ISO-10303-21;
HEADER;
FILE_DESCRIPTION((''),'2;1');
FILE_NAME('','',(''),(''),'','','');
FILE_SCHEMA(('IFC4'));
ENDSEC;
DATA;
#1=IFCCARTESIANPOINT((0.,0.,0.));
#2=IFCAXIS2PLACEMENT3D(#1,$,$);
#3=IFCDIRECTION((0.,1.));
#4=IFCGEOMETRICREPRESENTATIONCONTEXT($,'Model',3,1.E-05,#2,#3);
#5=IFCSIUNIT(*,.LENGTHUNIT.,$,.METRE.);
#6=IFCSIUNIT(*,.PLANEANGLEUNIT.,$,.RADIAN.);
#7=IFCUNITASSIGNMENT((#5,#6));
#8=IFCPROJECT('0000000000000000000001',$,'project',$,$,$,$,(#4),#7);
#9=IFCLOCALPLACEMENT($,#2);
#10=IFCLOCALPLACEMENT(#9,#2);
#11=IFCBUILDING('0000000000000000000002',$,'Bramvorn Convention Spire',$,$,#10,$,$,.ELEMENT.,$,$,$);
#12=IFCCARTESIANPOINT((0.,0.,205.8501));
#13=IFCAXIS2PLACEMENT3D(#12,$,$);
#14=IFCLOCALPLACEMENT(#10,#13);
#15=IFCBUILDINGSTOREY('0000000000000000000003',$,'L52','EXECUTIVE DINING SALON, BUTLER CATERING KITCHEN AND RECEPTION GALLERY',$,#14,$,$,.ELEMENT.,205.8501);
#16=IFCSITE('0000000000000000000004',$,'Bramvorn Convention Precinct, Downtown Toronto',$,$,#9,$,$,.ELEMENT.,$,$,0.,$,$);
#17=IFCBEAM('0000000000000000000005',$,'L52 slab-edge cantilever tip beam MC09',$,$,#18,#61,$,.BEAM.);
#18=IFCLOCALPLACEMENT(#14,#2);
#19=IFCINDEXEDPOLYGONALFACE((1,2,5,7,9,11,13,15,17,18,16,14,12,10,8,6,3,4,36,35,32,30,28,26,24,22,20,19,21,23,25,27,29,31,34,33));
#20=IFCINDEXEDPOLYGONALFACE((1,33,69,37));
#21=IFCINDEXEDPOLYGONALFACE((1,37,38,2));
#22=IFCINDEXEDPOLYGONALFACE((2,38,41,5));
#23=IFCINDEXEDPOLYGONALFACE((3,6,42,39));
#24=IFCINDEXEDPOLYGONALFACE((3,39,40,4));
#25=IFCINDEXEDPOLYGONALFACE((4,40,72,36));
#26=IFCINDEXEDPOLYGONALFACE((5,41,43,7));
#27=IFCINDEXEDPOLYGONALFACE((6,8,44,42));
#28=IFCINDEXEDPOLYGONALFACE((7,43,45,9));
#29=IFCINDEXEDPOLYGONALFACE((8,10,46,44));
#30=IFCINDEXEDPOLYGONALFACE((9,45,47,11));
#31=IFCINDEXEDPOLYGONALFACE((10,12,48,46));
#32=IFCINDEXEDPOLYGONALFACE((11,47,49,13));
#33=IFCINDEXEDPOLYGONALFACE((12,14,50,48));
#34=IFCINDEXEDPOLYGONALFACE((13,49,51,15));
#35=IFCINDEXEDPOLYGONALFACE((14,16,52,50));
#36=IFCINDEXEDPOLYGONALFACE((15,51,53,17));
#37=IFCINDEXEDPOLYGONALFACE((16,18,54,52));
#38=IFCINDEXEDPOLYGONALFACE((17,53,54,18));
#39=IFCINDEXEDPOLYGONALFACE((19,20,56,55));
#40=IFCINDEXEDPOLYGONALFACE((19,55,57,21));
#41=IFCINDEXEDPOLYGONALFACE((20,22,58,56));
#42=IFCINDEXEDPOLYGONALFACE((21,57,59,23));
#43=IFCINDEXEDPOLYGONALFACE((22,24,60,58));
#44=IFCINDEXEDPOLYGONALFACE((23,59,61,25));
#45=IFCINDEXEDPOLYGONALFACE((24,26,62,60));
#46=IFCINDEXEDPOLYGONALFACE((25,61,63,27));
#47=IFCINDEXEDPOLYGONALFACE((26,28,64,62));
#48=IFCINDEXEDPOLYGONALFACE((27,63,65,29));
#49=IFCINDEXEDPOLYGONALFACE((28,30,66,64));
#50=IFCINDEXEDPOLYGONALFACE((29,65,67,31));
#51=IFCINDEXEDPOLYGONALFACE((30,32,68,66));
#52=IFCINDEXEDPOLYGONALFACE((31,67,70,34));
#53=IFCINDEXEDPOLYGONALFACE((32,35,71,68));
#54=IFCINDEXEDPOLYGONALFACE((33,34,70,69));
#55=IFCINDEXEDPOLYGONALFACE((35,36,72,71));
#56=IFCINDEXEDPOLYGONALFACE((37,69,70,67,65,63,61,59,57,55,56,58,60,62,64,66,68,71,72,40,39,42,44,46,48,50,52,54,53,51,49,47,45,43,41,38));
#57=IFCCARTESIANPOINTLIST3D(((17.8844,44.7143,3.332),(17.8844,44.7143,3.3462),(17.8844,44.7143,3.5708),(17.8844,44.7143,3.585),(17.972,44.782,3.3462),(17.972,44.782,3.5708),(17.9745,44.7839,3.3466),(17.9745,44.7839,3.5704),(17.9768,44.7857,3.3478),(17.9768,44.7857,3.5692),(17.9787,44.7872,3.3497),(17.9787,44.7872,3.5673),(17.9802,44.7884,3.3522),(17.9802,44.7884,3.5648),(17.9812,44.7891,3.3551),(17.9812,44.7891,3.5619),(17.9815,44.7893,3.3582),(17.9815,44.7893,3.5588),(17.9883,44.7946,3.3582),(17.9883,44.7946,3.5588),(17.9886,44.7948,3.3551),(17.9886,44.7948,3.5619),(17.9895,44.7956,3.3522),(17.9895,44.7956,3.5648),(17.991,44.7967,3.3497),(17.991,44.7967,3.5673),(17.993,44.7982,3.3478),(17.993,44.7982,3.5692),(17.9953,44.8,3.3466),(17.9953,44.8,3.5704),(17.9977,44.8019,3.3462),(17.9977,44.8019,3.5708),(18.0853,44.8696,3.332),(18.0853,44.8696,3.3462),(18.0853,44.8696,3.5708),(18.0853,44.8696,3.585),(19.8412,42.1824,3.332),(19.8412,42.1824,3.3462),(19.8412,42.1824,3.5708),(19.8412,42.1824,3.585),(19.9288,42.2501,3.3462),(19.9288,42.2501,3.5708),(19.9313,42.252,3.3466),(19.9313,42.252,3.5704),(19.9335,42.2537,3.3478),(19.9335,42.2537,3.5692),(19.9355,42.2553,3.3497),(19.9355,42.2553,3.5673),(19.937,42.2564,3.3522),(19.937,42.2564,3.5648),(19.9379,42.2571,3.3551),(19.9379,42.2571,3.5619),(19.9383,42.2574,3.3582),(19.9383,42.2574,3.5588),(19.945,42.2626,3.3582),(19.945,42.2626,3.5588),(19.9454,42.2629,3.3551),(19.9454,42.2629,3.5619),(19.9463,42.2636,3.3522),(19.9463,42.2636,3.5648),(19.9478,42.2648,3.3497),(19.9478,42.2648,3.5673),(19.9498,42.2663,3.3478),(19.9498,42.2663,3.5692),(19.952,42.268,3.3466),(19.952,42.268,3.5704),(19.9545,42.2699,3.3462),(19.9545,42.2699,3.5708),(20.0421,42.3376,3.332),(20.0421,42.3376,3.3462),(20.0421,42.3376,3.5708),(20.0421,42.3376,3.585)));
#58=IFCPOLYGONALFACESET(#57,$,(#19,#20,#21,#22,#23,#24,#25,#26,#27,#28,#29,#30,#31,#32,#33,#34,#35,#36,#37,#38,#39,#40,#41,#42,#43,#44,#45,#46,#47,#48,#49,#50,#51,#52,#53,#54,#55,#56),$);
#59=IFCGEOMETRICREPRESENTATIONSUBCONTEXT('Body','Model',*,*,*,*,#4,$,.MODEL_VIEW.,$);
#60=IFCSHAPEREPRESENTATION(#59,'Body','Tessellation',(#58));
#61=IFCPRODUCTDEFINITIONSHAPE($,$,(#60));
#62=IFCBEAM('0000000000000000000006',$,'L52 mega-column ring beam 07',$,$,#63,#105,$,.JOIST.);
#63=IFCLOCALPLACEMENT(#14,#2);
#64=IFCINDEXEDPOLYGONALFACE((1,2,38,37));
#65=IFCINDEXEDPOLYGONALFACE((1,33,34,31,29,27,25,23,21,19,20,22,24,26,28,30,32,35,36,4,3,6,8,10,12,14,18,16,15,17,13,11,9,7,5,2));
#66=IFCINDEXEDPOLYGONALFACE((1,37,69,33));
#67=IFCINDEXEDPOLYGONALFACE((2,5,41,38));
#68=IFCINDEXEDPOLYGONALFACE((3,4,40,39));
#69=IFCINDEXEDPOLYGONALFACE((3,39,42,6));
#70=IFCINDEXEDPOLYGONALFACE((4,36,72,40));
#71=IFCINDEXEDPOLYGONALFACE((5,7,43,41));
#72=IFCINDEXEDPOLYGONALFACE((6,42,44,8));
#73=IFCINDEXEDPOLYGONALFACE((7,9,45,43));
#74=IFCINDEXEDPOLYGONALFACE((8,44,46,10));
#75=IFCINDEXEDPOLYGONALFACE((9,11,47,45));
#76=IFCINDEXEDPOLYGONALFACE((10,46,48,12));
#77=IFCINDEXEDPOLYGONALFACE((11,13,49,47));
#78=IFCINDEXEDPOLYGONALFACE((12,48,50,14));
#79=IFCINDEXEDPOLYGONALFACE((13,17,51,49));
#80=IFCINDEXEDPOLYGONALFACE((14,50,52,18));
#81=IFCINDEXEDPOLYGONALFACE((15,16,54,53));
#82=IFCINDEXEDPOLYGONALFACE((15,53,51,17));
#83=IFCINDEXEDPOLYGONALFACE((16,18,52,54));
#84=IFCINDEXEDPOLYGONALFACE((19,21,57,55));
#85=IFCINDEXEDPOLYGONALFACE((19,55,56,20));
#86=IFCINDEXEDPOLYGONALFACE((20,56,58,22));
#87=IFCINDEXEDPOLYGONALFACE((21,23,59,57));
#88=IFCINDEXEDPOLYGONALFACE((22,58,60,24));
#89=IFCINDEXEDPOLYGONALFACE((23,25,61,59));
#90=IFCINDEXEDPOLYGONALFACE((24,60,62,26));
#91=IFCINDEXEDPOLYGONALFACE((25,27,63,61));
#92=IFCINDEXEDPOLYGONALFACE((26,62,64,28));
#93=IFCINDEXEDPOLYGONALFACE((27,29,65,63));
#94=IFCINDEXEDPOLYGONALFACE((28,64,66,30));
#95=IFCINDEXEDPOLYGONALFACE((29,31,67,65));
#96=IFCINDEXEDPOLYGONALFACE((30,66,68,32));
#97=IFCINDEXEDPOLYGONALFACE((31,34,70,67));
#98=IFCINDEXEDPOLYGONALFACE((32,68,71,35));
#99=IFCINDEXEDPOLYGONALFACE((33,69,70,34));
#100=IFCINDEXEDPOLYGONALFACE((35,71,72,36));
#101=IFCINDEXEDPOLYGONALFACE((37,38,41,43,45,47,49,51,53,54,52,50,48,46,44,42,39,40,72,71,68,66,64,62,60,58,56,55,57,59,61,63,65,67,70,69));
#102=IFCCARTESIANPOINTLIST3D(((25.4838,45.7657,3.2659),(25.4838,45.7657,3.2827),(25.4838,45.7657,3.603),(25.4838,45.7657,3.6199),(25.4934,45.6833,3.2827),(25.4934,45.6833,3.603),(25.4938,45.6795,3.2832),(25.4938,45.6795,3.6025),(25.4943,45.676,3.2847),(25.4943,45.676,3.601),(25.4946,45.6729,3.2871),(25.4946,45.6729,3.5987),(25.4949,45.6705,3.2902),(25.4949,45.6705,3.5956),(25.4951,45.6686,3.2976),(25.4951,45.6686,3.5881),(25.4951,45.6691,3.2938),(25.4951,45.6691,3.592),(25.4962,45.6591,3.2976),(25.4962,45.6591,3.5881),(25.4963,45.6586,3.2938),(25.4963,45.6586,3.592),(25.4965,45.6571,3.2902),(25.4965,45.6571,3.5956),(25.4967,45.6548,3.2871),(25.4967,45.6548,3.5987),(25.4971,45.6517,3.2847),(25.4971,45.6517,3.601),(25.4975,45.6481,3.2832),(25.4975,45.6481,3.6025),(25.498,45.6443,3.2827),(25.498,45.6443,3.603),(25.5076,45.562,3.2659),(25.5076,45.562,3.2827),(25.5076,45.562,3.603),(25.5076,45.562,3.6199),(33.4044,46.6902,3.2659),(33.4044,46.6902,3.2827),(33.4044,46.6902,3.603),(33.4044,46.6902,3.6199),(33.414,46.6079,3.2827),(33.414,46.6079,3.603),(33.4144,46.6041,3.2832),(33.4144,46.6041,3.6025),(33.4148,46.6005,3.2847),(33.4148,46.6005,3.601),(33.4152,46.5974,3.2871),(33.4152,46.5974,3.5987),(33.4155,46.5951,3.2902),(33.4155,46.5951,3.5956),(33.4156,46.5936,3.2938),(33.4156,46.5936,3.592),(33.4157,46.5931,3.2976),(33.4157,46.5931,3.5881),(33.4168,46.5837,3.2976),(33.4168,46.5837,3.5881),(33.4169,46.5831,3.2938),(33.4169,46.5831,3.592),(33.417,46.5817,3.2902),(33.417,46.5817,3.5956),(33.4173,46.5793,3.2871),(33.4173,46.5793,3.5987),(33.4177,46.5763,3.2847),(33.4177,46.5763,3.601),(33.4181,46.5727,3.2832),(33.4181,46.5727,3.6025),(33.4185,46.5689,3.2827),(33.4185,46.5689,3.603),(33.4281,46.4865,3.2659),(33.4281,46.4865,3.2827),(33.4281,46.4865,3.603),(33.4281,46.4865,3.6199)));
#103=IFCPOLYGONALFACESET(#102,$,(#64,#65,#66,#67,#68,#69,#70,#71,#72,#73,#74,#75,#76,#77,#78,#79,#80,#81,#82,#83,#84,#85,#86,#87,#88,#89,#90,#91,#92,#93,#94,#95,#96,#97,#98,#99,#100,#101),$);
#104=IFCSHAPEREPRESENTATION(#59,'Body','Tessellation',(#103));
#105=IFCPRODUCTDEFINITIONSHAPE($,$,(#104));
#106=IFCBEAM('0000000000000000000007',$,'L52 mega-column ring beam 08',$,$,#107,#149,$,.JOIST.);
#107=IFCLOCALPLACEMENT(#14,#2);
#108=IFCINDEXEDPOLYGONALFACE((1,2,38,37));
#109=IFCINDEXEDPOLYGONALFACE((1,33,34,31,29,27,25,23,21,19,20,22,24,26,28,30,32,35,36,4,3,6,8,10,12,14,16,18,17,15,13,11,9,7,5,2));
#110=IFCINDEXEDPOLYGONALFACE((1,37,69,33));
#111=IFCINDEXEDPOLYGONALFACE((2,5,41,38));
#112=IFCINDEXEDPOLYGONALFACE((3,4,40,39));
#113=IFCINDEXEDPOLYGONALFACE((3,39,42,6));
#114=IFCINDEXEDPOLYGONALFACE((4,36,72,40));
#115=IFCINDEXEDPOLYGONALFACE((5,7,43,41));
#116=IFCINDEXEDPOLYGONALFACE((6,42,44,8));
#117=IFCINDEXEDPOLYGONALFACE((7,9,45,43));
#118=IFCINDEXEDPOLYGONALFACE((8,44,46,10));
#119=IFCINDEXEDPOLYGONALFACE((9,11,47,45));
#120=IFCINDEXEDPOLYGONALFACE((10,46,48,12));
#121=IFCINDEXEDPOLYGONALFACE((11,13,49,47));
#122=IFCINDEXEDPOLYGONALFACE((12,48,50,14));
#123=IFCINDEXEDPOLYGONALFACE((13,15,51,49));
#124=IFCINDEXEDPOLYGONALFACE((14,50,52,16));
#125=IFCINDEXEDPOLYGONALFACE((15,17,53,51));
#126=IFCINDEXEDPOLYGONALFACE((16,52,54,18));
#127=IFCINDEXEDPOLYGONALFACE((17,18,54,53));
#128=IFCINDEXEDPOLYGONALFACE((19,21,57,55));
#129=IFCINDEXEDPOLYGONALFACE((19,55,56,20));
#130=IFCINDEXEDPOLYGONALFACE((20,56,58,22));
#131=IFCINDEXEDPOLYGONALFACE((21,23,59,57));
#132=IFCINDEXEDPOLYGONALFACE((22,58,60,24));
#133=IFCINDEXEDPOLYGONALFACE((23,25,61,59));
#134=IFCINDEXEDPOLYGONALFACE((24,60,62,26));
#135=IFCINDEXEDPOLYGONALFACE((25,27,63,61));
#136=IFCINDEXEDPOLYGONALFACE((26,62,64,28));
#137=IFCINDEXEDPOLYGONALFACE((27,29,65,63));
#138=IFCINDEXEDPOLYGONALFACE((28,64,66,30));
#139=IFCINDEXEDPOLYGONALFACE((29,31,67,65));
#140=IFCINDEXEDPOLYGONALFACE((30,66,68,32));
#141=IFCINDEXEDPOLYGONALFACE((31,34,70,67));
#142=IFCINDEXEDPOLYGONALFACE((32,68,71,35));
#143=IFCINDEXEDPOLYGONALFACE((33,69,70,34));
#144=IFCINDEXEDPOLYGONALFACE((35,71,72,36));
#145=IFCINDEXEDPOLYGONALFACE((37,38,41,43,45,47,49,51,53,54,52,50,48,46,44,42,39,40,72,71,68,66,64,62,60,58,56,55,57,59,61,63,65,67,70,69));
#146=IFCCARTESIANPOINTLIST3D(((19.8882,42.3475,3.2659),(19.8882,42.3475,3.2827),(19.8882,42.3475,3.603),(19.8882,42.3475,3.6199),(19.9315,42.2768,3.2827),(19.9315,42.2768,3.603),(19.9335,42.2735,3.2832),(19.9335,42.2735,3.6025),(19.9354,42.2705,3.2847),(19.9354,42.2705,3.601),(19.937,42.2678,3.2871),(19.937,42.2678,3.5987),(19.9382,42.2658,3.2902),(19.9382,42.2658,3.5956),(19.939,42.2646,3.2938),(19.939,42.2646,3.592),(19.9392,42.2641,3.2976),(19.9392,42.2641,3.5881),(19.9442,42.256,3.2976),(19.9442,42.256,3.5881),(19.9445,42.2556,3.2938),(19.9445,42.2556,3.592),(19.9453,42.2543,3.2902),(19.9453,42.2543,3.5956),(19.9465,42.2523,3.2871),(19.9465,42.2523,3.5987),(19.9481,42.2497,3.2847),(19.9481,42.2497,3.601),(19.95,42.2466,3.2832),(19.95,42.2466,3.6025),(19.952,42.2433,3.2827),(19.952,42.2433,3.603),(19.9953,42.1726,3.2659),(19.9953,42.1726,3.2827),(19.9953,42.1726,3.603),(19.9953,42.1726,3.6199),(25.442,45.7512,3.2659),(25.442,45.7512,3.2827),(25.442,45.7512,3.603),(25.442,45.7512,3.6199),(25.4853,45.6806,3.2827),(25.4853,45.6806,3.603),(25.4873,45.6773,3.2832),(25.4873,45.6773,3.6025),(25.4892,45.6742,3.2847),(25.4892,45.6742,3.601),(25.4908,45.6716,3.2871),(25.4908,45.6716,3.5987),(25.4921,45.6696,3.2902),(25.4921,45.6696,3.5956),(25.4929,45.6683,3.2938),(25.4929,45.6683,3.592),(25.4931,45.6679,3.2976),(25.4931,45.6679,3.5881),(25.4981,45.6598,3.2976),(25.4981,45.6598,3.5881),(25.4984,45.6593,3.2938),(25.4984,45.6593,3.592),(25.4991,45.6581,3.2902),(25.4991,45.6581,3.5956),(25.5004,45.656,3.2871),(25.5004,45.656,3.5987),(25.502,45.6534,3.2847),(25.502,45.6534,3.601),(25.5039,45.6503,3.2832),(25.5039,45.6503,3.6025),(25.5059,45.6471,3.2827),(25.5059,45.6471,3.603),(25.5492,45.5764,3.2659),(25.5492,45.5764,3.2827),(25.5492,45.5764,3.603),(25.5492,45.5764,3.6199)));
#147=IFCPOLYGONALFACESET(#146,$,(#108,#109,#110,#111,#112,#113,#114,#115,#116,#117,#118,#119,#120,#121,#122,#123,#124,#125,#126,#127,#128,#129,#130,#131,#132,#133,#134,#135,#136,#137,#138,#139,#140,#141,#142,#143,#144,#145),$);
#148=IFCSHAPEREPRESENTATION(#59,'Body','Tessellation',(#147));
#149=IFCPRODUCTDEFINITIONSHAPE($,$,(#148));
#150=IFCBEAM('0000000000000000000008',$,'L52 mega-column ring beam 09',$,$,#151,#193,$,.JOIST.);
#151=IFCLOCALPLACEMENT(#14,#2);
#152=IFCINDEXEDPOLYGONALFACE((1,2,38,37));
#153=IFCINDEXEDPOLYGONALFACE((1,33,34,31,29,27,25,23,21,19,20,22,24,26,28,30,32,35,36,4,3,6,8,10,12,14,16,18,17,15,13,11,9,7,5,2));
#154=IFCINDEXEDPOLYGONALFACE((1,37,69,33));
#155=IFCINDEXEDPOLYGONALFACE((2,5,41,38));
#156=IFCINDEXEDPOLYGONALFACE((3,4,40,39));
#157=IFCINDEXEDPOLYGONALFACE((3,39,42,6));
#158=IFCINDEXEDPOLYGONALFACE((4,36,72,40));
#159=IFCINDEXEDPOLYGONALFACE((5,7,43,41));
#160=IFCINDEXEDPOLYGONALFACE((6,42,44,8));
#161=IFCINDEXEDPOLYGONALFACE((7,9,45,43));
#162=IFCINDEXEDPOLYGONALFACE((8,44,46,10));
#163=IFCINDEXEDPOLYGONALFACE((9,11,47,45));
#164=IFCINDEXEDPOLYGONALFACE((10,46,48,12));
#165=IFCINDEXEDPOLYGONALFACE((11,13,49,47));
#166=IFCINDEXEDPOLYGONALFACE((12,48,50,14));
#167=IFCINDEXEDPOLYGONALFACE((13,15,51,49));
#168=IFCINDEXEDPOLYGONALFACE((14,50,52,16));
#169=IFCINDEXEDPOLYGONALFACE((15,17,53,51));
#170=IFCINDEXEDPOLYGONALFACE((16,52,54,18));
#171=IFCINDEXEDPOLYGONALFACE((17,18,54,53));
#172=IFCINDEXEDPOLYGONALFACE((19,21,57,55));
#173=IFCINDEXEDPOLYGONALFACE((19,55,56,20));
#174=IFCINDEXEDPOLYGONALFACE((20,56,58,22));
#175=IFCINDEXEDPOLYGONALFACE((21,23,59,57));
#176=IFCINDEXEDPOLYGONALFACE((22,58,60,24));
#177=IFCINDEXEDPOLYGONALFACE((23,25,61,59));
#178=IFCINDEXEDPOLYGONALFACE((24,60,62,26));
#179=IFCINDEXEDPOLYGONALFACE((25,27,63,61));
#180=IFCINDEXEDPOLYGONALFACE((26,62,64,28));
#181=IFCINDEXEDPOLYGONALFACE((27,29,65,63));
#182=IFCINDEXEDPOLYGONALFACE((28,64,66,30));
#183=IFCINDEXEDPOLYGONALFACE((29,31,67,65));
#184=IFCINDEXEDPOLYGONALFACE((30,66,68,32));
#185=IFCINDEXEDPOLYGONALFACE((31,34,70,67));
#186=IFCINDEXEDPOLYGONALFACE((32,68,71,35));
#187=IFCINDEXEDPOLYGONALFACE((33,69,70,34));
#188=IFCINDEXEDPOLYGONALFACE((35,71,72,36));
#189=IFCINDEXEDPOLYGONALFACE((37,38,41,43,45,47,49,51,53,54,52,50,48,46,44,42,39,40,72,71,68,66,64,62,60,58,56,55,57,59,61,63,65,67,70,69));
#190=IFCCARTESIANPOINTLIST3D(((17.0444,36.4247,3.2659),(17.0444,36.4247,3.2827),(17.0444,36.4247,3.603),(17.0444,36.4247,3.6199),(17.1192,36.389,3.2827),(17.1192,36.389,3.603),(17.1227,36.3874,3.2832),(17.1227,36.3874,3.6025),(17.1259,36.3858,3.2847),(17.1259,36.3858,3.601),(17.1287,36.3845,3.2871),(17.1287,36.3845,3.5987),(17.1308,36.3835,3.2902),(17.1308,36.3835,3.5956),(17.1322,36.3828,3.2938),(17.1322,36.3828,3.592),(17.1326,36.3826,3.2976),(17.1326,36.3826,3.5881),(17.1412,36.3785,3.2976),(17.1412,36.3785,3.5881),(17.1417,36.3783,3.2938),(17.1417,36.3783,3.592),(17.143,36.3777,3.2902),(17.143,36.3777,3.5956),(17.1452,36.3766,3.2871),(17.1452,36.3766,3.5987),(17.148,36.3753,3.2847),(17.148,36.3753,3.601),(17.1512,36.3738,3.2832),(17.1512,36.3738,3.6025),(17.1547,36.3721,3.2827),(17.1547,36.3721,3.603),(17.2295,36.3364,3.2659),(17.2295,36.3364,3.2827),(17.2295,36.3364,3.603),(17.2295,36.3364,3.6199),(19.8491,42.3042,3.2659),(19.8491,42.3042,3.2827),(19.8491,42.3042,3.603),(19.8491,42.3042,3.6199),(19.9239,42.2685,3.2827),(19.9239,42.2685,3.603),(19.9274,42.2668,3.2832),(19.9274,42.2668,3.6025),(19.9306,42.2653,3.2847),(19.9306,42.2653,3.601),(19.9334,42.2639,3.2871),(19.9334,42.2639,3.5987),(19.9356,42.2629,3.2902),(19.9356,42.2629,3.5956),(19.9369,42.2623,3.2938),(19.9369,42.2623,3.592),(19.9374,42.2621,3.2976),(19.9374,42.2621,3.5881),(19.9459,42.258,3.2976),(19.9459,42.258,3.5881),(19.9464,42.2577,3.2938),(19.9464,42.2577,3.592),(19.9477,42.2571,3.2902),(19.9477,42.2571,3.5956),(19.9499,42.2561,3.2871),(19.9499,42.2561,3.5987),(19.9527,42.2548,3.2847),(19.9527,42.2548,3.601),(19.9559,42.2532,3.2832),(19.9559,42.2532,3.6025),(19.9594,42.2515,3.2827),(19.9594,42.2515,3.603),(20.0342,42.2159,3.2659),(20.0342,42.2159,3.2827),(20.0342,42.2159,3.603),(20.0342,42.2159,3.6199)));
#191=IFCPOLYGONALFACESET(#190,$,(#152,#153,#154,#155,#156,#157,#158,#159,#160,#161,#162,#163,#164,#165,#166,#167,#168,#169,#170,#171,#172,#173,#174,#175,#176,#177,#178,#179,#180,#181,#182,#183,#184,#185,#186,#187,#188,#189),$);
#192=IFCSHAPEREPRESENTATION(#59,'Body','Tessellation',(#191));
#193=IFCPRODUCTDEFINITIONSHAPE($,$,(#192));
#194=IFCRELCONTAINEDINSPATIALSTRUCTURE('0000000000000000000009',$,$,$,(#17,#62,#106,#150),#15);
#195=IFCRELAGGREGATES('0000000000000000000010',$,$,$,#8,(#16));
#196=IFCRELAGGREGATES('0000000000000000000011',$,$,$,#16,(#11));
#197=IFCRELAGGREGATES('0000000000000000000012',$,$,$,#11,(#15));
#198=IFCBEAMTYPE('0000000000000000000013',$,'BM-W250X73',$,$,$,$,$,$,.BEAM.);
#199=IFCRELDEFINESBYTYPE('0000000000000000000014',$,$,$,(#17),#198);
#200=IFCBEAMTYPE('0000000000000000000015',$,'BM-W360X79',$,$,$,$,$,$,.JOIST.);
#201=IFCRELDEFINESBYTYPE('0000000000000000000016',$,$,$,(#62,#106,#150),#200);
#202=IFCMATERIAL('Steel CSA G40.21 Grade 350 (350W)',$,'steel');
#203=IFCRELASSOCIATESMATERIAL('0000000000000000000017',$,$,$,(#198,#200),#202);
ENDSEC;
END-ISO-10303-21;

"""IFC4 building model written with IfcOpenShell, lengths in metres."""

from ifc_helpers import new_model, si_unit, direction, frame, origin, origin_2d, place, context, subcontext, project, spatial, i_section, extrude, material, material_profile, profile_set, type_object, element, save


model = new_model("IFC4")

# Units and contexts
model_context = context("Model", 3, precision=1e-05, world=origin(), true_north=direction((0.0, 1.0)))
body_context = subcontext(model_context, "Body", "Model", "MODEL_VIEW")
ifc_project = project(units=[si_unit("LENGTHUNIT", "METRE"), si_unit("PLANEANGLEUNIT", "RADIAN")], contexts=[model_context])

# Site, building, storey
site_placement = place(None, origin())
site = spatial("IfcSite", under=ifc_project, at=site_placement, Name="Bramvorn Convention Precinct, Downtown Toronto", CompositionType="ELEMENT", RefElevation=0.0)
building_placement = place(site_placement, origin())
building = spatial("IfcBuilding", under=site, at=building_placement, Name="Bramvorn Convention Spire", CompositionType="ELEMENT")
storey_placement = place(building_placement, frame((0.0, 0.0, 205.8501)))
storey = spatial("IfcBuildingStorey", under=building, at=storey_placement, Name="L52", Description="EXECUTIVE DINING SALON, BUTLER CATERING KITCHEN AND RECEPTION GALLERY", CompositionType="ELEMENT", Elevation=205.8501)

# Shared definitions
ifc_material_1 = material(Name="Steel CSA G40.21 Grade 350 (350W)", Category="steel")

# Beams
ifc_material_profile_1 = material_profile(ifc_material_1, i_section(OverallWidth=0.2539, OverallDepth=0.2529, WebThickness=0.0085, FlangeThickness=0.0142, FilletRadius=0.012, at=origin_2d()))
ifc_profile_set_1 = profile_set([ifc_material_profile_1], Name="Steel CSA G40.21 Grade 350 (350W) - W250X73")
beam_type_1 = type_object("IfcBeamType", Name="BM-W250X73", PredefinedType="BEAM", material=ifc_profile_set_1)
beam_1_placement = place(storey_placement, frame((19.9417, 42.26, 3.4585), z_axis=(-0.611497, 0.791246, 0.0), x_axis=(-0.791246, -0.611497, 0.0)))
element("IfcBeam", 1, at=beam_1_placement, inside=storey, type_object=beam_type_1, Name="L52 slab-edge cantilever tip beam MC09", PredefinedType="BEAM", context=body_context, shape_type="SweptSolid", body=[
    extrude(i_section(OverallWidth=0.2539, OverallDepth=0.2529, WebThickness=0.0085, FlangeThickness=0.0142, FilletRadius=0.012, at=origin_2d()), origin(), (0.0, 0.0, 1.0), 3.2),
])
ifc_material_profile_2 = material_profile(ifc_material_1, i_section(OverallWidth=0.2051, OverallDepth=0.354, WebThickness=0.0095, FlangeThickness=0.0168, FilletRadius=0.0149, at=origin_2d()))
ifc_profile_set_2 = profile_set([ifc_material_profile_2], Name="Steel CSA G40.21 Grade 350 (350W) - W360X79")
beam_type_2 = type_object("IfcBeamType", Name="BM-W360X79", PredefinedType="JOIST", material=ifc_profile_set_2)
beam_2_placement = place(storey_placement, frame((33.4163, 46.5884, 3.4429), z_axis=(-0.993256, -0.115941, 0.0), x_axis=(0.115941, -0.993256, 0.0)))
element("IfcBeam", 2, at=beam_2_placement, inside=storey, type_object=beam_type_2, Name="L52 mega-column ring beam 07", PredefinedType="JOIST", context=body_context, shape_type="SweptSolid", body=[
    extrude(i_section(OverallWidth=0.2051, OverallDepth=0.354, WebThickness=0.0095, FlangeThickness=0.0168, FilletRadius=0.0149, at=origin_2d()), origin(), (0.0, 0.0, 1.0), 7.9744),
])
beam_3_placement = place(storey_placement, frame((25.4956, 45.6638, 3.4429), z_axis=(-0.852617, -0.522537, 0.0), x_axis=(0.522537, -0.852617, 0.0)))
element("IfcBeam", 3, at=beam_3_placement, inside=storey, type_object=beam_type_2, Name="L52 mega-column ring beam 08", PredefinedType="JOIST", context=body_context, shape_type="SweptSolid", body=[
    extrude(i_section(OverallWidth=0.2051, OverallDepth=0.354, WebThickness=0.0095, FlangeThickness=0.0168, FilletRadius=0.0149, at=origin_2d()), origin(), (0.0, 0.0, 1.0), 6.5139),
])
beam_4_placement = place(storey_placement, frame((19.9417, 42.26, 3.4429), z_axis=(-0.430556, -0.902564, 0.0), x_axis=(0.902564, -0.430556, 0.0)))
element("IfcBeam", 4, at=beam_4_placement, inside=storey, type_object=beam_type_2, Name="L52 mega-column ring beam 09", PredefinedType="JOIST", context=body_context, shape_type="SweptSolid", body=[
    extrude(i_section(OverallWidth=0.2051, OverallDepth=0.354, WebThickness=0.0095, FlangeThickness=0.0168, FilletRadius=0.0149, at=origin_2d()), origin(), (0.0, 0.0, 1.0), 6.5142),
])

save(model, "model.ifc")
